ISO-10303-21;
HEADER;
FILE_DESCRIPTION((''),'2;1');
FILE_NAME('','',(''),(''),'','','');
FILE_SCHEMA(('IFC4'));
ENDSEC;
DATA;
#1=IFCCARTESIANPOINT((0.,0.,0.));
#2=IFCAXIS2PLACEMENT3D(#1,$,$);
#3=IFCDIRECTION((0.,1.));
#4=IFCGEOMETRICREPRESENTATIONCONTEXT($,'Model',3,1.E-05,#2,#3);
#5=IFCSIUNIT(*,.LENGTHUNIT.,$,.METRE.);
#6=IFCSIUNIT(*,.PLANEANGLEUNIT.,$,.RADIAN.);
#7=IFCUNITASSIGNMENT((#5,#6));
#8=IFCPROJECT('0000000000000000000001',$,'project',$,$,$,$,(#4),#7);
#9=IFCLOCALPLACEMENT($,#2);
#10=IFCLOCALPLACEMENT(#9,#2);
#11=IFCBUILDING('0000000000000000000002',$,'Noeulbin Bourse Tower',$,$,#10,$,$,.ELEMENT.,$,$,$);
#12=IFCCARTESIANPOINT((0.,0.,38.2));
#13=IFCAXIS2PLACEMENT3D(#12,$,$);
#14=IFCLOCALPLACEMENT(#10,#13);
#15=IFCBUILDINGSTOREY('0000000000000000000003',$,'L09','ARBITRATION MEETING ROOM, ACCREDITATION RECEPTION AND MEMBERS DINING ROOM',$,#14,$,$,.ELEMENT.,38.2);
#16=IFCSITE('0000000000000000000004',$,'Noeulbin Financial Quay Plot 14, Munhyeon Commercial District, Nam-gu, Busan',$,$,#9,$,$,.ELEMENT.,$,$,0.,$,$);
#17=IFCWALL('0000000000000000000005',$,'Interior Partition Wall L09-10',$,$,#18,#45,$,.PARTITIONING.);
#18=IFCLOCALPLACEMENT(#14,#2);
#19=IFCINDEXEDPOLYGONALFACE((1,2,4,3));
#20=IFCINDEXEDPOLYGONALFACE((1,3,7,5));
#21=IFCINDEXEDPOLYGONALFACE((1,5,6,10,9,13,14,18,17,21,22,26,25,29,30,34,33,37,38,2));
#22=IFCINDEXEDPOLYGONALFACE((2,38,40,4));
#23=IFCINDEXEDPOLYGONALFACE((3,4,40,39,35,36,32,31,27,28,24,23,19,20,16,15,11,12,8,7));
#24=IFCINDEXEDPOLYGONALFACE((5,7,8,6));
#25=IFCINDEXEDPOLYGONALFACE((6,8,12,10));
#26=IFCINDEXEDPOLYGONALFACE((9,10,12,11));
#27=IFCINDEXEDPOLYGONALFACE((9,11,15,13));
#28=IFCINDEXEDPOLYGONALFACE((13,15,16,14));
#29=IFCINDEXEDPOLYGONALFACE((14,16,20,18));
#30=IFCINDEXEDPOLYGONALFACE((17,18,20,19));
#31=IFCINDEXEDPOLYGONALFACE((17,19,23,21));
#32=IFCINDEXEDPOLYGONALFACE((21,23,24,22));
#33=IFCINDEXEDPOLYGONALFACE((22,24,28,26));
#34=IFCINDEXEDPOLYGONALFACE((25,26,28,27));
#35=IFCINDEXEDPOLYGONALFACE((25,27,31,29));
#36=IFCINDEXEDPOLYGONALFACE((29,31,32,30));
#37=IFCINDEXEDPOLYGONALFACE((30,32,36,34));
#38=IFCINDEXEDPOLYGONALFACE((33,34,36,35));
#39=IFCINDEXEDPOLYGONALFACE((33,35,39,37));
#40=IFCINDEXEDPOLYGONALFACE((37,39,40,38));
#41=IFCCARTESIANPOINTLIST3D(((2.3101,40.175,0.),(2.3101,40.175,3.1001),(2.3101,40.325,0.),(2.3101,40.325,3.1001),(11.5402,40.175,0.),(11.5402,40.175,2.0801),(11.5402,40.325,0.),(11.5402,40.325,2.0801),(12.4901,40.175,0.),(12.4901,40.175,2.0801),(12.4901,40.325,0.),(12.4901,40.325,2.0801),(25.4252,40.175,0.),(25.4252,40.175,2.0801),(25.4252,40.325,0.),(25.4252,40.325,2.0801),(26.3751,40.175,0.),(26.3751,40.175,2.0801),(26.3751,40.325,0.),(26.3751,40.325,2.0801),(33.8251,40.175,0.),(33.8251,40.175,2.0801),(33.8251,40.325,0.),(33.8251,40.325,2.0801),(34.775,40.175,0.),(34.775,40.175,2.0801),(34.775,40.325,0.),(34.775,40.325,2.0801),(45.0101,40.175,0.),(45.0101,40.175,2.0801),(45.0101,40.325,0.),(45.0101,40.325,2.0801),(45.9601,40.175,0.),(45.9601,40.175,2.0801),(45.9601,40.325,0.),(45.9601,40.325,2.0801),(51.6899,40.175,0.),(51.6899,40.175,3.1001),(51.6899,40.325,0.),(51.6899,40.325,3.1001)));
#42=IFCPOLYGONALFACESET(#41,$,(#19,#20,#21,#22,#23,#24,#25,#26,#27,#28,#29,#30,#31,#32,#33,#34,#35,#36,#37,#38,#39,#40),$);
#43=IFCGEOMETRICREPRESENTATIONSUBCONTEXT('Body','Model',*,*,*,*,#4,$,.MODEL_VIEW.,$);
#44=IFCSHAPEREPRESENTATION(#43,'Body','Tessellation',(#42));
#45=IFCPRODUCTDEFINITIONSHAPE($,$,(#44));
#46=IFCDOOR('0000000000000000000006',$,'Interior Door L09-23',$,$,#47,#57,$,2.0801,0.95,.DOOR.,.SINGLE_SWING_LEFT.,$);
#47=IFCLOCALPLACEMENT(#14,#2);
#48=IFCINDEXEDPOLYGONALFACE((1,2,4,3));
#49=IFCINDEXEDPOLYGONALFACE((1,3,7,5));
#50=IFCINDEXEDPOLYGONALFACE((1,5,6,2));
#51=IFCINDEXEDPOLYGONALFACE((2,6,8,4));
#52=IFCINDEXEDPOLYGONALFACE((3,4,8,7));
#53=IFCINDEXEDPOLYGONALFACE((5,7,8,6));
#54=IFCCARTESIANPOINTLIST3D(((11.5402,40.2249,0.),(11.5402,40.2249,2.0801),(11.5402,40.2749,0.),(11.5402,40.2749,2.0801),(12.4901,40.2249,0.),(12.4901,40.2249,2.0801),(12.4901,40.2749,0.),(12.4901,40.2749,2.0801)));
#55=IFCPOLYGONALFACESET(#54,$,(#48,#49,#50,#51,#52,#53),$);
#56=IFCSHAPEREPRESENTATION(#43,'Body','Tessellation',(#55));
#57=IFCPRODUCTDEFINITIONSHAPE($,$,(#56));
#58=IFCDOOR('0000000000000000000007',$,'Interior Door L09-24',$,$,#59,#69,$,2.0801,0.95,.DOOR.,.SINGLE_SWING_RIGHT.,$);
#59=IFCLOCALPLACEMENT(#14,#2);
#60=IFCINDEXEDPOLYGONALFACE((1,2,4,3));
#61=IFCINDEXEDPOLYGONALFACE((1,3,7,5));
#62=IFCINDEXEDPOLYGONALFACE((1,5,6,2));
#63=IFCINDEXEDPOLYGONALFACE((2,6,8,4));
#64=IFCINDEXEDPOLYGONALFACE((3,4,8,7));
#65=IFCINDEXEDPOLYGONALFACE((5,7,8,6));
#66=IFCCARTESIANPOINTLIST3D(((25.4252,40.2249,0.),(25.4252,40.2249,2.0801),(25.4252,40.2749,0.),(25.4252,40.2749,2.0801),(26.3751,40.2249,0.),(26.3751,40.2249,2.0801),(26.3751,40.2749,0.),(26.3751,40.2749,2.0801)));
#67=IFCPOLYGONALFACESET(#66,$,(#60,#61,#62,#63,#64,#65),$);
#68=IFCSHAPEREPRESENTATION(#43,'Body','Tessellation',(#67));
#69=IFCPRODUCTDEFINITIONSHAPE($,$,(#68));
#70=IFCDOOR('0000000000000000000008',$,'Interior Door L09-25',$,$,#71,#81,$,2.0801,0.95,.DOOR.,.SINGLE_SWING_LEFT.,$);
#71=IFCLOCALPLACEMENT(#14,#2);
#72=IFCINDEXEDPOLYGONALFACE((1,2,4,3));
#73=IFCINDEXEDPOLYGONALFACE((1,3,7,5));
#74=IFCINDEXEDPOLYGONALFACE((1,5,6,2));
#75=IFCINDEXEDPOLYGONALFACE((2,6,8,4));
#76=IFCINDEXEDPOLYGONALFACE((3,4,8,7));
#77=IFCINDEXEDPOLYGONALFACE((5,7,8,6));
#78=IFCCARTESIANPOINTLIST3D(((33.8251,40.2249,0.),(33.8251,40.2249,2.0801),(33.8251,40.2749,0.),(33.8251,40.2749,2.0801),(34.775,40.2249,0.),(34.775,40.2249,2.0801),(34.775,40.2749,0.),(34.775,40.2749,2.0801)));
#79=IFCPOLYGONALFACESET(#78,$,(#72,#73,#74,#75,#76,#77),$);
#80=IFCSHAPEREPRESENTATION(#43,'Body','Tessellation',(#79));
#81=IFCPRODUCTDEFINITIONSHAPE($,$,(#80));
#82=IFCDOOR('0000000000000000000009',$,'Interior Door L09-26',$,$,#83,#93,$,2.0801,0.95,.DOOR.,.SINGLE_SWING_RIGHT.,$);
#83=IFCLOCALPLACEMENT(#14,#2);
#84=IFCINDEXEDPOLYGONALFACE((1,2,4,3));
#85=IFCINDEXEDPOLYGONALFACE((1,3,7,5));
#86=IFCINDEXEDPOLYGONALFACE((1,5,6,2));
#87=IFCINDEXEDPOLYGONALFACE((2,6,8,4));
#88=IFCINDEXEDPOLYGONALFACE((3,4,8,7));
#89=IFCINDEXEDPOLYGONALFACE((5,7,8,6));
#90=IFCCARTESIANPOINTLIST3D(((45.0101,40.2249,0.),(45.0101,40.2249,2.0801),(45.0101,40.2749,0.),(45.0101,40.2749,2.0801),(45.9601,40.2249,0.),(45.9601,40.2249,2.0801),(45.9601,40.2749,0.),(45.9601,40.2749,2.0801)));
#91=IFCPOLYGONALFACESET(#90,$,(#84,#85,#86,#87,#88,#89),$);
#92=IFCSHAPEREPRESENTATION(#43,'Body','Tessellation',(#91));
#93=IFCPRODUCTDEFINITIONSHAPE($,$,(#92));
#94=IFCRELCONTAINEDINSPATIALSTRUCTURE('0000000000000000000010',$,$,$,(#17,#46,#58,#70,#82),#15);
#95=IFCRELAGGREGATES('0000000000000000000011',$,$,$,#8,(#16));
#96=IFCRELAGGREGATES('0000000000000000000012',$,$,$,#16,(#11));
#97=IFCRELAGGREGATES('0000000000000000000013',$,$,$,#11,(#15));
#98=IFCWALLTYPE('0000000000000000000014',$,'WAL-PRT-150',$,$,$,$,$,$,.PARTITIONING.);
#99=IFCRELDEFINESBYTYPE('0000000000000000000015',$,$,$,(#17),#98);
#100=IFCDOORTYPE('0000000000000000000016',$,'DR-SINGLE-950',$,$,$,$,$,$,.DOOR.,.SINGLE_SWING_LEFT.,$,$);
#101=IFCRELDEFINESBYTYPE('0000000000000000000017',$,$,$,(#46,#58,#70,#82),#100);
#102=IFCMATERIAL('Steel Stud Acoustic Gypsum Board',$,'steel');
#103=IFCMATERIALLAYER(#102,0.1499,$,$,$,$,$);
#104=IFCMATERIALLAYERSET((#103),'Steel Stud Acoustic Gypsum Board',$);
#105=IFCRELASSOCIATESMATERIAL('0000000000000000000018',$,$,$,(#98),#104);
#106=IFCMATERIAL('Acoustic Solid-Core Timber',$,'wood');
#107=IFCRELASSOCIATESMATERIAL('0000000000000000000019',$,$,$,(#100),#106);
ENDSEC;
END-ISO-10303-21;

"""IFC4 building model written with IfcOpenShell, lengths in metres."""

from ifc_helpers import new_model, si_unit, direction, frame, frame_2d, origin, place, context, subcontext, project, spatial, rectangle, extrude, material, layer, layer_set, type_object, element, fill, save


model = new_model("IFC4")

# Units and contexts
model_context = context("Model", 3, precision=1e-05, world=origin(), true_north=direction((0.0, 1.0)))
body_context = subcontext(model_context, "Body", "Model", "MODEL_VIEW")
ifc_project = project(units=[si_unit("LENGTHUNIT", "METRE"), si_unit("PLANEANGLEUNIT", "RADIAN")], contexts=[model_context])

# Site, building, storey
site_placement = place(None, origin())
site = spatial("IfcSite", under=ifc_project, at=site_placement, Name="Noeulbin Financial Quay Plot 14, Munhyeon Commercial District, Nam-gu, Busan", CompositionType="ELEMENT", RefElevation=0.0)
building_placement = place(site_placement, origin())
building = spatial("IfcBuilding", under=site, at=building_placement, Name="Noeulbin Bourse Tower", CompositionType="ELEMENT")
storey_placement = place(building_placement, frame((0.0, 0.0, 38.2)))
storey = spatial("IfcBuildingStorey", under=building, at=storey_placement, Name="L09", Description="ARBITRATION MEETING ROOM, ACCREDITATION RECEPTION AND MEMBERS DINING ROOM", CompositionType="ELEMENT", Elevation=38.2)

# Wall, openings, doors
ifc_material_1 = material(Name="Steel Stud Acoustic Gypsum Board", Category="steel")
ifc_layer_1 = layer(ifc_material_1, 0.1499)
ifc_layer_set_1 = layer_set([ifc_layer_1], Name="Steel Stud Acoustic Gypsum Board")
wall_type_1 = type_object("IfcWallType", Name="WAL-PRT-150", PredefinedType="PARTITIONING", material=ifc_layer_set_1)
wall_1_placement = place(storey_placement, frame((2.3101, 40.25, 0.0), z_axis=(0.0, 0.0, 1.0), x_axis=(1.0, 0.0, 0.0)))
wall_1 = element("IfcWall", 1, at=wall_1_placement, inside=storey, type_object=wall_type_1, Name="Interior Partition Wall L09-10", PredefinedType="PARTITIONING", context=body_context, shape_type="SweptSolid", body=[
    extrude(rectangle(XDim=49.3799, YDim=0.1499, at=frame_2d((24.6899, 0.0))), origin(), (0.0, 0.0, 1.0), 3.1001),
])
opening_1_placement = place(wall_1_placement, frame((9.23, 0.0, 0.0)))
opening_1 = element("IfcOpeningElement", 2, at=opening_1_placement, cuts=wall_1, PredefinedType="OPENING", context=body_context, shape_type="SweptSolid", body=[
    extrude(rectangle(XDim=0.95, YDim=2.0801, at=frame_2d((0.4751, 1.04))), frame((0.0, 0.085, 0.0), z_axis=(0.0, -1.0, 0.0), x_axis=(1.0, 0.0, 0.0)), (0.0, 0.0, 1.0), 0.1699),
])
opening_2_placement = place(wall_1_placement, frame((23.115, 0.0, 0.0)))
opening_2 = element("IfcOpeningElement", 3, at=opening_2_placement, cuts=wall_1, PredefinedType="OPENING", context=body_context, shape_type="SweptSolid", body=[
    extrude(rectangle(XDim=0.95, YDim=2.0801, at=frame_2d((0.4751, 1.04))), frame((0.0, 0.085, 0.0), z_axis=(0.0, -1.0, 0.0), x_axis=(1.0, 0.0, 0.0)), (0.0, 0.0, 1.0), 0.1699),
])
opening_3_placement = place(wall_1_placement, frame((31.5149, 0.0, 0.0)))
opening_3 = element("IfcOpeningElement", 4, at=opening_3_placement, cuts=wall_1, PredefinedType="OPENING", context=body_context, shape_type="SweptSolid", body=[
    extrude(rectangle(XDim=0.95, YDim=2.0801, at=frame_2d((0.4751, 1.04))), frame((0.0, 0.085, 0.0), z_axis=(0.0, -1.0, 0.0), x_axis=(1.0, 0.0, 0.0)), (0.0, 0.0, 1.0), 0.1699),
])
opening_4_placement = place(wall_1_placement, frame((42.7, 0.0, 0.0)))
opening_4 = element("IfcOpeningElement", 5, at=opening_4_placement, cuts=wall_1, PredefinedType="OPENING", context=body_context, shape_type="SweptSolid", body=[
    extrude(rectangle(XDim=0.95, YDim=2.0801, at=frame_2d((0.4751, 1.04))), frame((0.0, 0.085, 0.0), z_axis=(0.0, -1.0, 0.0), x_axis=(1.0, 0.0, 0.0)), (0.0, 0.0, 1.0), 0.1699),
])
ifc_material_2 = material(Name="Acoustic Solid-Core Timber", Category="wood")
door_type = type_object("IfcDoorType", Name="DR-SINGLE-950", OperationType="SINGLE_SWING_LEFT", PredefinedType="DOOR", material=ifc_material_2)
door_1_placement = place(opening_1_placement, origin())
door_1 = element("IfcDoor", 6, at=door_1_placement, inside=storey, type_object=door_type, Name="Interior Door L09-23", OperationType="SINGLE_SWING_LEFT", OverallHeight=2.0801, OverallWidth=0.95, PredefinedType="DOOR", context=body_context, shape_type="SweptSolid", body=[
    extrude(rectangle(XDim=0.95, YDim=2.0801, at=frame_2d((0.4751, 1.04))), frame((0.0, 0.0249, 0.0), z_axis=(0.0, -1.0, 0.0), x_axis=(1.0, 0.0, 0.0)), (0.0, 0.0, 1.0), 0.05),
])
fill(opening_1, door_1)
door_2_placement = place(opening_2_placement, origin())
door_2 = element("IfcDoor", 7, at=door_2_placement, inside=storey, type_object=door_type, Name="Interior Door L09-24", OperationType="SINGLE_SWING_RIGHT", OverallHeight=2.0801, OverallWidth=0.95, PredefinedType="DOOR", context=body_context, shape_type="SweptSolid", body=[
    extrude(rectangle(XDim=0.95, YDim=2.0801, at=frame_2d((0.4751, 1.04))), frame((0.0, 0.0249, 0.0), z_axis=(0.0, -1.0, 0.0), x_axis=(1.0, 0.0, 0.0)), (0.0, 0.0, 1.0), 0.05),
])
fill(opening_2, door_2)
door_3_placement = place(opening_3_placement, origin())
door_3 = element("IfcDoor", 8, at=door_3_placement, inside=storey, type_object=door_type, Name="Interior Door L09-25", OperationType="SINGLE_SWING_LEFT", OverallHeight=2.0801, OverallWidth=0.95, PredefinedType="DOOR", context=body_context, shape_type="SweptSolid", body=[
    extrude(rectangle(XDim=0.95, YDim=2.0801, at=frame_2d((0.4751, 1.04))), frame((0.0, 0.0249, 0.0), z_axis=(0.0, -1.0, 0.0), x_axis=(1.0, 0.0, 0.0)), (0.0, 0.0, 1.0), 0.05),
])
fill(opening_3, door_3)
door_4_placement = place(opening_4_placement, origin())
door_4 = element("IfcDoor", 9, at=door_4_placement, inside=storey, type_object=door_type, Name="Interior Door L09-26", OperationType="SINGLE_SWING_RIGHT", OverallHeight=2.0801, OverallWidth=0.95, PredefinedType="DOOR", context=body_context, shape_type="SweptSolid", body=[
    extrude(rectangle(XDim=0.95, YDim=2.0801, at=frame_2d((0.4751, 1.04))), frame((0.0, 0.0249, 0.0), z_axis=(0.0, -1.0, 0.0), x_axis=(1.0, 0.0, 0.0)), (0.0, 0.0, 1.0), 0.05),
])
fill(opening_4, door_4)

save(model, "model.ifc")
